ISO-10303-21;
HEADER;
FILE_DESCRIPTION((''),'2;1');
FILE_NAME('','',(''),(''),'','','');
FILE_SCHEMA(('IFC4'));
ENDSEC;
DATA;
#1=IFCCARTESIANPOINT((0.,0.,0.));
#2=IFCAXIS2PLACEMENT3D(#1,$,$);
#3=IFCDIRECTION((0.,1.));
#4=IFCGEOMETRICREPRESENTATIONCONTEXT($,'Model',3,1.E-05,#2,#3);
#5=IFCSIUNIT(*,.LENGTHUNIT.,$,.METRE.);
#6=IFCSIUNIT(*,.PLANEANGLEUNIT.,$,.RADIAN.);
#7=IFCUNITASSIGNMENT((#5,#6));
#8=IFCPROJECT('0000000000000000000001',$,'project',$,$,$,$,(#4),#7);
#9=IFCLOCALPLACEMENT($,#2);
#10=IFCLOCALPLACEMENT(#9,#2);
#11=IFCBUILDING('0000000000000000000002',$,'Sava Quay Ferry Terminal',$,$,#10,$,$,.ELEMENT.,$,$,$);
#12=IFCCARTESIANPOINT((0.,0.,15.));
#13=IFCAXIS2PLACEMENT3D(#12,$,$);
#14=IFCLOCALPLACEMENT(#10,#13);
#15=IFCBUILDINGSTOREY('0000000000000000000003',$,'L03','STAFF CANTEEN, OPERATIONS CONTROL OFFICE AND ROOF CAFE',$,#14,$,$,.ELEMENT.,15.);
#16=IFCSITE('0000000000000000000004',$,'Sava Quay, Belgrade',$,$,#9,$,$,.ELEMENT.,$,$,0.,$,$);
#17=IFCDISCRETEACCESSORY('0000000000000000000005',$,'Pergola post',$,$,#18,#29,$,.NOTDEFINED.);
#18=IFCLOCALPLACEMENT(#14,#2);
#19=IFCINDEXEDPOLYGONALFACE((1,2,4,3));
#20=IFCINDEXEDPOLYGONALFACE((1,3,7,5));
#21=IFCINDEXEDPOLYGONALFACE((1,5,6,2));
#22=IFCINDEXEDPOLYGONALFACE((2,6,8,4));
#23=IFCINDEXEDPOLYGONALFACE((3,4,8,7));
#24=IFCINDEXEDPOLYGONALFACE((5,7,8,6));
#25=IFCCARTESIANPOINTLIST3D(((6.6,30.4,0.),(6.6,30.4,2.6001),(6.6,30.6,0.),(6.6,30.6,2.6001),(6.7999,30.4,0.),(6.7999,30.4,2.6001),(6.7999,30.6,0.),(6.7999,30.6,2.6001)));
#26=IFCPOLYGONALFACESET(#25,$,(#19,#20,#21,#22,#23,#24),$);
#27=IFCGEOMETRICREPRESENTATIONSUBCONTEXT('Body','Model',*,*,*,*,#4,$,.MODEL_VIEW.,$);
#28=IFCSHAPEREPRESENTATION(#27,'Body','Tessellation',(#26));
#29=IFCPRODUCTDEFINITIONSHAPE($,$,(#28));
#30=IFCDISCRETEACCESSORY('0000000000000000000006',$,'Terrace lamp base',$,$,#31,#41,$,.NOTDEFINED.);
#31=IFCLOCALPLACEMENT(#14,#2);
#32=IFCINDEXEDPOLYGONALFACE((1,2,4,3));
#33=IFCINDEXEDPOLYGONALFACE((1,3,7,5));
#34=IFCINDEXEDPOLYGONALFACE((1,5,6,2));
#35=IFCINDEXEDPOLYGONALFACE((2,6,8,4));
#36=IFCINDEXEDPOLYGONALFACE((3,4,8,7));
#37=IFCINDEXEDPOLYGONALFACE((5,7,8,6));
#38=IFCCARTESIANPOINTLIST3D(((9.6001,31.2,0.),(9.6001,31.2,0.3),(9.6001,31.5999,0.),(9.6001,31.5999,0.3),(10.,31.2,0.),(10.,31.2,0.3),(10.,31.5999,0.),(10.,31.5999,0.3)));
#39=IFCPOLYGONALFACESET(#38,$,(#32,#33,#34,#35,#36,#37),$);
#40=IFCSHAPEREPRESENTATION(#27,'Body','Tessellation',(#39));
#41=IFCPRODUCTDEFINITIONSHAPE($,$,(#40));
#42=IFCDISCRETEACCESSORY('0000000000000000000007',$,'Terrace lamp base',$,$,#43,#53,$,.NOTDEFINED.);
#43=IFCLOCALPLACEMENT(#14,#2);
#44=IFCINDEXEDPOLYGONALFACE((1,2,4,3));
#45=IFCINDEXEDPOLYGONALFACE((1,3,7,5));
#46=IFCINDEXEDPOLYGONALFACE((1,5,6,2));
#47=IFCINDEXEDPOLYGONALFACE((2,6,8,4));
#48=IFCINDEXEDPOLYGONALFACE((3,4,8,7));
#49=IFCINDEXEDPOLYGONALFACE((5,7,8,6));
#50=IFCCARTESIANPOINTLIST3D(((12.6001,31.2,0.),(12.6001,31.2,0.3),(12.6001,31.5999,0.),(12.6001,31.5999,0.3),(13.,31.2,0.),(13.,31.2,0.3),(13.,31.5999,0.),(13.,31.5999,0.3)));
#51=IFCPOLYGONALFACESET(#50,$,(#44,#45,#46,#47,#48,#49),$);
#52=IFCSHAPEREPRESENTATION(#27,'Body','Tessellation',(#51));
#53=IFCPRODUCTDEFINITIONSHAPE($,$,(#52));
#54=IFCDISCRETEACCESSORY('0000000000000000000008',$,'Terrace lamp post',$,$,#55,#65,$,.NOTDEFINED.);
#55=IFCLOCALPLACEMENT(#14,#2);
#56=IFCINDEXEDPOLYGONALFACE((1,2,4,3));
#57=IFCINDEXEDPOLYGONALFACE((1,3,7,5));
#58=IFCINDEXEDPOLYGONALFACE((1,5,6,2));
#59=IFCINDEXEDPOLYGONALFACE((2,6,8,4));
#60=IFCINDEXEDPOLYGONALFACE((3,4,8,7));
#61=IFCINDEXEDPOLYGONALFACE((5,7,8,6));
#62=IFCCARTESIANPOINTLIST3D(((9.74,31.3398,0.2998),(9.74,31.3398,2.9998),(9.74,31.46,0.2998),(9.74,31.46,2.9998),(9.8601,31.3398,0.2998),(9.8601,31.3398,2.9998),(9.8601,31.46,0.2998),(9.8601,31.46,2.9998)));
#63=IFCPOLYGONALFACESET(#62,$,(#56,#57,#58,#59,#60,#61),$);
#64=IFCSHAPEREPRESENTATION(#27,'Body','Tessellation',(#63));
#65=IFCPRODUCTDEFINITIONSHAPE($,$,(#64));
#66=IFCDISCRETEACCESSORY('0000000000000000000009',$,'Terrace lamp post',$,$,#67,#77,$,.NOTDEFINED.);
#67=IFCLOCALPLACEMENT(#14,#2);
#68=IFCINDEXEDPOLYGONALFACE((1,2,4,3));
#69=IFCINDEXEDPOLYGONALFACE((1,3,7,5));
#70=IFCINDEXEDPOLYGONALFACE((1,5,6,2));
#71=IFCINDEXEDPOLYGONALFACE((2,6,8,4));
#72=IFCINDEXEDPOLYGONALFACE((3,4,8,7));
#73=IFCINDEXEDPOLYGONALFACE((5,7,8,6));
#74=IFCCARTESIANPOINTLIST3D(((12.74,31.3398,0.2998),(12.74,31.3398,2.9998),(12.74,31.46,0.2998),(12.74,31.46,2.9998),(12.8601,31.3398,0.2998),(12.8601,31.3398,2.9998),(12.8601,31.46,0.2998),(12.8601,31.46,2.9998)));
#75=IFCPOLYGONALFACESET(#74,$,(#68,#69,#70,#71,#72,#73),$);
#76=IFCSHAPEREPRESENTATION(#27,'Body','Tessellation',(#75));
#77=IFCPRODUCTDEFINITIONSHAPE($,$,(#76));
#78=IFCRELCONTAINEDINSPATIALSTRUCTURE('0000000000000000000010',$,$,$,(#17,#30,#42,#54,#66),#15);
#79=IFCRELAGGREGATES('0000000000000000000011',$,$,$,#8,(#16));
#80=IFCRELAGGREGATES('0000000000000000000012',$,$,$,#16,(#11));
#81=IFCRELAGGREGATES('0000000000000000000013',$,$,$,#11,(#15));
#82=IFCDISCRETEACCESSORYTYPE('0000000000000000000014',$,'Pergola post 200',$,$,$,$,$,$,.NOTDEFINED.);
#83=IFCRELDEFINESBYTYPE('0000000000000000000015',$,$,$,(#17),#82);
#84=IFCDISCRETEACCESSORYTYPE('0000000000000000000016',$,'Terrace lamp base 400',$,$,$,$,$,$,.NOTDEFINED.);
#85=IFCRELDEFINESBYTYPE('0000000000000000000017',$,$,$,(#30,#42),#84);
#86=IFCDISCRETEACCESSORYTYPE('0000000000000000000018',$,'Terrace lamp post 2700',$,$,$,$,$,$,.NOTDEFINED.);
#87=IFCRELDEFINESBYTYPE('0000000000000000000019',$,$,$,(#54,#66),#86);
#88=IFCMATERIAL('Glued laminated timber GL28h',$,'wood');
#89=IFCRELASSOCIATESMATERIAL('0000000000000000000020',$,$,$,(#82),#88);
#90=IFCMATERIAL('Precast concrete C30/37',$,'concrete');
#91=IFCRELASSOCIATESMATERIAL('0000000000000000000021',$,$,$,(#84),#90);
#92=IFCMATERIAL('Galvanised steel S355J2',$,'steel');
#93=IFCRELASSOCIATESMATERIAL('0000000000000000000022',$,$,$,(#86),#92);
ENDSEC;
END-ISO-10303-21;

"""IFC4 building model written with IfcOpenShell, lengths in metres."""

from ifc_helpers import new_model, si_unit, direction, frame, origin, origin_2d, place, context, subcontext, project, spatial, rectangle, extrude, material, type_object, element, save


model = new_model("IFC4")

# Units and contexts
model_context = context("Model", 3, precision=1e-05, world=origin(), true_north=direction((0.0, 1.0)))
body_context = subcontext(model_context, "Body", "Model", "MODEL_VIEW")
ifc_project = project(units=[si_unit("LENGTHUNIT", "METRE"), si_unit("PLANEANGLEUNIT", "RADIAN")], contexts=[model_context])

# Site, building, storey
site_placement = place(None, origin())
site = spatial("IfcSite", under=ifc_project, at=site_placement, Name="Sava Quay, Belgrade", CompositionType="ELEMENT", RefElevation=0.0)
building_placement = place(site_placement, origin())
building = spatial("IfcBuilding", under=site, at=building_placement, Name="Sava Quay Ferry Terminal", CompositionType="ELEMENT")
storey_placement = place(building_placement, frame((0.0, 0.0, 15.0)))
storey = spatial("IfcBuildingStorey", under=building, at=storey_placement, Name="L03", Description="STAFF CANTEEN, OPERATIONS CONTROL OFFICE AND ROOF CAFE", CompositionType="ELEMENT", Elevation=15.0)

# Discrete accessories
ifc_material_1 = material(Name="Glued laminated timber GL28h", Category="wood")
discrete_accessory_type_1 = type_object("IfcDiscreteAccessoryType", Name="Pergola post 200", PredefinedType="NOTDEFINED", material=ifc_material_1)
discrete_accessory_placement = place(storey_placement, frame((6.7, 30.5, 0.0), z_axis=(0.0, 0.0, 1.0), x_axis=(1.0, 0.0, 0.0)))
element("IfcDiscreteAccessory", 1, at=discrete_accessory_placement, inside=storey, type_object=discrete_accessory_type_1, Name="Pergola post", PredefinedType="NOTDEFINED", context=body_context, shape_type="SweptSolid", body=[
    extrude(rectangle(XDim=0.2, YDim=0.2, at=origin_2d()), origin(), (0.0, 0.0, 1.0), 2.6001),
])
ifc_material_2 = material(Name="Precast concrete C30/37", Category="concrete")
discrete_accessory_type_2 = type_object("IfcDiscreteAccessoryType", Name="Terrace lamp base 400", PredefinedType="NOTDEFINED", material=ifc_material_2)
for number, where, z_axis, x_axis, name in (
    (2, (9.8, 31.3999, 0.0), (0.0, 0.0, 1.0), (1.0, 0.0, 0.0), "Terrace lamp base"),
    (3, (12.8, 31.3999, 0.0), (0.0, 0.0, 1.0), (1.0, 0.0, 0.0), "Terrace lamp base"),
):
    element("IfcDiscreteAccessory", number, at=place(storey_placement, frame(where, z_axis=z_axis, x_axis=x_axis)), inside=storey, type_object=discrete_accessory_type_2, Name=name, PredefinedType="NOTDEFINED", context=body_context, shape_type="SweptSolid", body=[
        extrude(rectangle(XDim=0.3999, YDim=0.3999, at=origin_2d()), origin(), (0.0, 0.0, 1.0), 0.3),
    ])
ifc_material_3 = material(Name="Galvanised steel S355J2", Category="steel")
discrete_accessory_type_3 = type_object("IfcDiscreteAccessoryType", Name="Terrace lamp post 2700", PredefinedType="NOTDEFINED", material=ifc_material_3)
for number, where, z_axis, x_axis, name in (
    (4, (9.8, 31.3999, 0.2998), (0.0, 0.0, 1.0), (1.0, 0.0, 0.0), "Terrace lamp post"),
    (5, (12.8, 31.3999, 0.2998), (0.0, 0.0, 1.0), (1.0, 0.0, 0.0), "Terrace lamp post"),
):
    element("IfcDiscreteAccessory", number, at=place(storey_placement, frame(where, z_axis=z_axis, x_axis=x_axis)), inside=storey, type_object=discrete_accessory_type_3, Name=name, PredefinedType="NOTDEFINED", context=body_context, shape_type="SweptSolid", body=[
        extrude(rectangle(XDim=0.1201, YDim=0.1201, at=origin_2d()), origin(), (0.0, 0.0, 1.0), 2.7),
    ])

save(model, "model.ifc")
